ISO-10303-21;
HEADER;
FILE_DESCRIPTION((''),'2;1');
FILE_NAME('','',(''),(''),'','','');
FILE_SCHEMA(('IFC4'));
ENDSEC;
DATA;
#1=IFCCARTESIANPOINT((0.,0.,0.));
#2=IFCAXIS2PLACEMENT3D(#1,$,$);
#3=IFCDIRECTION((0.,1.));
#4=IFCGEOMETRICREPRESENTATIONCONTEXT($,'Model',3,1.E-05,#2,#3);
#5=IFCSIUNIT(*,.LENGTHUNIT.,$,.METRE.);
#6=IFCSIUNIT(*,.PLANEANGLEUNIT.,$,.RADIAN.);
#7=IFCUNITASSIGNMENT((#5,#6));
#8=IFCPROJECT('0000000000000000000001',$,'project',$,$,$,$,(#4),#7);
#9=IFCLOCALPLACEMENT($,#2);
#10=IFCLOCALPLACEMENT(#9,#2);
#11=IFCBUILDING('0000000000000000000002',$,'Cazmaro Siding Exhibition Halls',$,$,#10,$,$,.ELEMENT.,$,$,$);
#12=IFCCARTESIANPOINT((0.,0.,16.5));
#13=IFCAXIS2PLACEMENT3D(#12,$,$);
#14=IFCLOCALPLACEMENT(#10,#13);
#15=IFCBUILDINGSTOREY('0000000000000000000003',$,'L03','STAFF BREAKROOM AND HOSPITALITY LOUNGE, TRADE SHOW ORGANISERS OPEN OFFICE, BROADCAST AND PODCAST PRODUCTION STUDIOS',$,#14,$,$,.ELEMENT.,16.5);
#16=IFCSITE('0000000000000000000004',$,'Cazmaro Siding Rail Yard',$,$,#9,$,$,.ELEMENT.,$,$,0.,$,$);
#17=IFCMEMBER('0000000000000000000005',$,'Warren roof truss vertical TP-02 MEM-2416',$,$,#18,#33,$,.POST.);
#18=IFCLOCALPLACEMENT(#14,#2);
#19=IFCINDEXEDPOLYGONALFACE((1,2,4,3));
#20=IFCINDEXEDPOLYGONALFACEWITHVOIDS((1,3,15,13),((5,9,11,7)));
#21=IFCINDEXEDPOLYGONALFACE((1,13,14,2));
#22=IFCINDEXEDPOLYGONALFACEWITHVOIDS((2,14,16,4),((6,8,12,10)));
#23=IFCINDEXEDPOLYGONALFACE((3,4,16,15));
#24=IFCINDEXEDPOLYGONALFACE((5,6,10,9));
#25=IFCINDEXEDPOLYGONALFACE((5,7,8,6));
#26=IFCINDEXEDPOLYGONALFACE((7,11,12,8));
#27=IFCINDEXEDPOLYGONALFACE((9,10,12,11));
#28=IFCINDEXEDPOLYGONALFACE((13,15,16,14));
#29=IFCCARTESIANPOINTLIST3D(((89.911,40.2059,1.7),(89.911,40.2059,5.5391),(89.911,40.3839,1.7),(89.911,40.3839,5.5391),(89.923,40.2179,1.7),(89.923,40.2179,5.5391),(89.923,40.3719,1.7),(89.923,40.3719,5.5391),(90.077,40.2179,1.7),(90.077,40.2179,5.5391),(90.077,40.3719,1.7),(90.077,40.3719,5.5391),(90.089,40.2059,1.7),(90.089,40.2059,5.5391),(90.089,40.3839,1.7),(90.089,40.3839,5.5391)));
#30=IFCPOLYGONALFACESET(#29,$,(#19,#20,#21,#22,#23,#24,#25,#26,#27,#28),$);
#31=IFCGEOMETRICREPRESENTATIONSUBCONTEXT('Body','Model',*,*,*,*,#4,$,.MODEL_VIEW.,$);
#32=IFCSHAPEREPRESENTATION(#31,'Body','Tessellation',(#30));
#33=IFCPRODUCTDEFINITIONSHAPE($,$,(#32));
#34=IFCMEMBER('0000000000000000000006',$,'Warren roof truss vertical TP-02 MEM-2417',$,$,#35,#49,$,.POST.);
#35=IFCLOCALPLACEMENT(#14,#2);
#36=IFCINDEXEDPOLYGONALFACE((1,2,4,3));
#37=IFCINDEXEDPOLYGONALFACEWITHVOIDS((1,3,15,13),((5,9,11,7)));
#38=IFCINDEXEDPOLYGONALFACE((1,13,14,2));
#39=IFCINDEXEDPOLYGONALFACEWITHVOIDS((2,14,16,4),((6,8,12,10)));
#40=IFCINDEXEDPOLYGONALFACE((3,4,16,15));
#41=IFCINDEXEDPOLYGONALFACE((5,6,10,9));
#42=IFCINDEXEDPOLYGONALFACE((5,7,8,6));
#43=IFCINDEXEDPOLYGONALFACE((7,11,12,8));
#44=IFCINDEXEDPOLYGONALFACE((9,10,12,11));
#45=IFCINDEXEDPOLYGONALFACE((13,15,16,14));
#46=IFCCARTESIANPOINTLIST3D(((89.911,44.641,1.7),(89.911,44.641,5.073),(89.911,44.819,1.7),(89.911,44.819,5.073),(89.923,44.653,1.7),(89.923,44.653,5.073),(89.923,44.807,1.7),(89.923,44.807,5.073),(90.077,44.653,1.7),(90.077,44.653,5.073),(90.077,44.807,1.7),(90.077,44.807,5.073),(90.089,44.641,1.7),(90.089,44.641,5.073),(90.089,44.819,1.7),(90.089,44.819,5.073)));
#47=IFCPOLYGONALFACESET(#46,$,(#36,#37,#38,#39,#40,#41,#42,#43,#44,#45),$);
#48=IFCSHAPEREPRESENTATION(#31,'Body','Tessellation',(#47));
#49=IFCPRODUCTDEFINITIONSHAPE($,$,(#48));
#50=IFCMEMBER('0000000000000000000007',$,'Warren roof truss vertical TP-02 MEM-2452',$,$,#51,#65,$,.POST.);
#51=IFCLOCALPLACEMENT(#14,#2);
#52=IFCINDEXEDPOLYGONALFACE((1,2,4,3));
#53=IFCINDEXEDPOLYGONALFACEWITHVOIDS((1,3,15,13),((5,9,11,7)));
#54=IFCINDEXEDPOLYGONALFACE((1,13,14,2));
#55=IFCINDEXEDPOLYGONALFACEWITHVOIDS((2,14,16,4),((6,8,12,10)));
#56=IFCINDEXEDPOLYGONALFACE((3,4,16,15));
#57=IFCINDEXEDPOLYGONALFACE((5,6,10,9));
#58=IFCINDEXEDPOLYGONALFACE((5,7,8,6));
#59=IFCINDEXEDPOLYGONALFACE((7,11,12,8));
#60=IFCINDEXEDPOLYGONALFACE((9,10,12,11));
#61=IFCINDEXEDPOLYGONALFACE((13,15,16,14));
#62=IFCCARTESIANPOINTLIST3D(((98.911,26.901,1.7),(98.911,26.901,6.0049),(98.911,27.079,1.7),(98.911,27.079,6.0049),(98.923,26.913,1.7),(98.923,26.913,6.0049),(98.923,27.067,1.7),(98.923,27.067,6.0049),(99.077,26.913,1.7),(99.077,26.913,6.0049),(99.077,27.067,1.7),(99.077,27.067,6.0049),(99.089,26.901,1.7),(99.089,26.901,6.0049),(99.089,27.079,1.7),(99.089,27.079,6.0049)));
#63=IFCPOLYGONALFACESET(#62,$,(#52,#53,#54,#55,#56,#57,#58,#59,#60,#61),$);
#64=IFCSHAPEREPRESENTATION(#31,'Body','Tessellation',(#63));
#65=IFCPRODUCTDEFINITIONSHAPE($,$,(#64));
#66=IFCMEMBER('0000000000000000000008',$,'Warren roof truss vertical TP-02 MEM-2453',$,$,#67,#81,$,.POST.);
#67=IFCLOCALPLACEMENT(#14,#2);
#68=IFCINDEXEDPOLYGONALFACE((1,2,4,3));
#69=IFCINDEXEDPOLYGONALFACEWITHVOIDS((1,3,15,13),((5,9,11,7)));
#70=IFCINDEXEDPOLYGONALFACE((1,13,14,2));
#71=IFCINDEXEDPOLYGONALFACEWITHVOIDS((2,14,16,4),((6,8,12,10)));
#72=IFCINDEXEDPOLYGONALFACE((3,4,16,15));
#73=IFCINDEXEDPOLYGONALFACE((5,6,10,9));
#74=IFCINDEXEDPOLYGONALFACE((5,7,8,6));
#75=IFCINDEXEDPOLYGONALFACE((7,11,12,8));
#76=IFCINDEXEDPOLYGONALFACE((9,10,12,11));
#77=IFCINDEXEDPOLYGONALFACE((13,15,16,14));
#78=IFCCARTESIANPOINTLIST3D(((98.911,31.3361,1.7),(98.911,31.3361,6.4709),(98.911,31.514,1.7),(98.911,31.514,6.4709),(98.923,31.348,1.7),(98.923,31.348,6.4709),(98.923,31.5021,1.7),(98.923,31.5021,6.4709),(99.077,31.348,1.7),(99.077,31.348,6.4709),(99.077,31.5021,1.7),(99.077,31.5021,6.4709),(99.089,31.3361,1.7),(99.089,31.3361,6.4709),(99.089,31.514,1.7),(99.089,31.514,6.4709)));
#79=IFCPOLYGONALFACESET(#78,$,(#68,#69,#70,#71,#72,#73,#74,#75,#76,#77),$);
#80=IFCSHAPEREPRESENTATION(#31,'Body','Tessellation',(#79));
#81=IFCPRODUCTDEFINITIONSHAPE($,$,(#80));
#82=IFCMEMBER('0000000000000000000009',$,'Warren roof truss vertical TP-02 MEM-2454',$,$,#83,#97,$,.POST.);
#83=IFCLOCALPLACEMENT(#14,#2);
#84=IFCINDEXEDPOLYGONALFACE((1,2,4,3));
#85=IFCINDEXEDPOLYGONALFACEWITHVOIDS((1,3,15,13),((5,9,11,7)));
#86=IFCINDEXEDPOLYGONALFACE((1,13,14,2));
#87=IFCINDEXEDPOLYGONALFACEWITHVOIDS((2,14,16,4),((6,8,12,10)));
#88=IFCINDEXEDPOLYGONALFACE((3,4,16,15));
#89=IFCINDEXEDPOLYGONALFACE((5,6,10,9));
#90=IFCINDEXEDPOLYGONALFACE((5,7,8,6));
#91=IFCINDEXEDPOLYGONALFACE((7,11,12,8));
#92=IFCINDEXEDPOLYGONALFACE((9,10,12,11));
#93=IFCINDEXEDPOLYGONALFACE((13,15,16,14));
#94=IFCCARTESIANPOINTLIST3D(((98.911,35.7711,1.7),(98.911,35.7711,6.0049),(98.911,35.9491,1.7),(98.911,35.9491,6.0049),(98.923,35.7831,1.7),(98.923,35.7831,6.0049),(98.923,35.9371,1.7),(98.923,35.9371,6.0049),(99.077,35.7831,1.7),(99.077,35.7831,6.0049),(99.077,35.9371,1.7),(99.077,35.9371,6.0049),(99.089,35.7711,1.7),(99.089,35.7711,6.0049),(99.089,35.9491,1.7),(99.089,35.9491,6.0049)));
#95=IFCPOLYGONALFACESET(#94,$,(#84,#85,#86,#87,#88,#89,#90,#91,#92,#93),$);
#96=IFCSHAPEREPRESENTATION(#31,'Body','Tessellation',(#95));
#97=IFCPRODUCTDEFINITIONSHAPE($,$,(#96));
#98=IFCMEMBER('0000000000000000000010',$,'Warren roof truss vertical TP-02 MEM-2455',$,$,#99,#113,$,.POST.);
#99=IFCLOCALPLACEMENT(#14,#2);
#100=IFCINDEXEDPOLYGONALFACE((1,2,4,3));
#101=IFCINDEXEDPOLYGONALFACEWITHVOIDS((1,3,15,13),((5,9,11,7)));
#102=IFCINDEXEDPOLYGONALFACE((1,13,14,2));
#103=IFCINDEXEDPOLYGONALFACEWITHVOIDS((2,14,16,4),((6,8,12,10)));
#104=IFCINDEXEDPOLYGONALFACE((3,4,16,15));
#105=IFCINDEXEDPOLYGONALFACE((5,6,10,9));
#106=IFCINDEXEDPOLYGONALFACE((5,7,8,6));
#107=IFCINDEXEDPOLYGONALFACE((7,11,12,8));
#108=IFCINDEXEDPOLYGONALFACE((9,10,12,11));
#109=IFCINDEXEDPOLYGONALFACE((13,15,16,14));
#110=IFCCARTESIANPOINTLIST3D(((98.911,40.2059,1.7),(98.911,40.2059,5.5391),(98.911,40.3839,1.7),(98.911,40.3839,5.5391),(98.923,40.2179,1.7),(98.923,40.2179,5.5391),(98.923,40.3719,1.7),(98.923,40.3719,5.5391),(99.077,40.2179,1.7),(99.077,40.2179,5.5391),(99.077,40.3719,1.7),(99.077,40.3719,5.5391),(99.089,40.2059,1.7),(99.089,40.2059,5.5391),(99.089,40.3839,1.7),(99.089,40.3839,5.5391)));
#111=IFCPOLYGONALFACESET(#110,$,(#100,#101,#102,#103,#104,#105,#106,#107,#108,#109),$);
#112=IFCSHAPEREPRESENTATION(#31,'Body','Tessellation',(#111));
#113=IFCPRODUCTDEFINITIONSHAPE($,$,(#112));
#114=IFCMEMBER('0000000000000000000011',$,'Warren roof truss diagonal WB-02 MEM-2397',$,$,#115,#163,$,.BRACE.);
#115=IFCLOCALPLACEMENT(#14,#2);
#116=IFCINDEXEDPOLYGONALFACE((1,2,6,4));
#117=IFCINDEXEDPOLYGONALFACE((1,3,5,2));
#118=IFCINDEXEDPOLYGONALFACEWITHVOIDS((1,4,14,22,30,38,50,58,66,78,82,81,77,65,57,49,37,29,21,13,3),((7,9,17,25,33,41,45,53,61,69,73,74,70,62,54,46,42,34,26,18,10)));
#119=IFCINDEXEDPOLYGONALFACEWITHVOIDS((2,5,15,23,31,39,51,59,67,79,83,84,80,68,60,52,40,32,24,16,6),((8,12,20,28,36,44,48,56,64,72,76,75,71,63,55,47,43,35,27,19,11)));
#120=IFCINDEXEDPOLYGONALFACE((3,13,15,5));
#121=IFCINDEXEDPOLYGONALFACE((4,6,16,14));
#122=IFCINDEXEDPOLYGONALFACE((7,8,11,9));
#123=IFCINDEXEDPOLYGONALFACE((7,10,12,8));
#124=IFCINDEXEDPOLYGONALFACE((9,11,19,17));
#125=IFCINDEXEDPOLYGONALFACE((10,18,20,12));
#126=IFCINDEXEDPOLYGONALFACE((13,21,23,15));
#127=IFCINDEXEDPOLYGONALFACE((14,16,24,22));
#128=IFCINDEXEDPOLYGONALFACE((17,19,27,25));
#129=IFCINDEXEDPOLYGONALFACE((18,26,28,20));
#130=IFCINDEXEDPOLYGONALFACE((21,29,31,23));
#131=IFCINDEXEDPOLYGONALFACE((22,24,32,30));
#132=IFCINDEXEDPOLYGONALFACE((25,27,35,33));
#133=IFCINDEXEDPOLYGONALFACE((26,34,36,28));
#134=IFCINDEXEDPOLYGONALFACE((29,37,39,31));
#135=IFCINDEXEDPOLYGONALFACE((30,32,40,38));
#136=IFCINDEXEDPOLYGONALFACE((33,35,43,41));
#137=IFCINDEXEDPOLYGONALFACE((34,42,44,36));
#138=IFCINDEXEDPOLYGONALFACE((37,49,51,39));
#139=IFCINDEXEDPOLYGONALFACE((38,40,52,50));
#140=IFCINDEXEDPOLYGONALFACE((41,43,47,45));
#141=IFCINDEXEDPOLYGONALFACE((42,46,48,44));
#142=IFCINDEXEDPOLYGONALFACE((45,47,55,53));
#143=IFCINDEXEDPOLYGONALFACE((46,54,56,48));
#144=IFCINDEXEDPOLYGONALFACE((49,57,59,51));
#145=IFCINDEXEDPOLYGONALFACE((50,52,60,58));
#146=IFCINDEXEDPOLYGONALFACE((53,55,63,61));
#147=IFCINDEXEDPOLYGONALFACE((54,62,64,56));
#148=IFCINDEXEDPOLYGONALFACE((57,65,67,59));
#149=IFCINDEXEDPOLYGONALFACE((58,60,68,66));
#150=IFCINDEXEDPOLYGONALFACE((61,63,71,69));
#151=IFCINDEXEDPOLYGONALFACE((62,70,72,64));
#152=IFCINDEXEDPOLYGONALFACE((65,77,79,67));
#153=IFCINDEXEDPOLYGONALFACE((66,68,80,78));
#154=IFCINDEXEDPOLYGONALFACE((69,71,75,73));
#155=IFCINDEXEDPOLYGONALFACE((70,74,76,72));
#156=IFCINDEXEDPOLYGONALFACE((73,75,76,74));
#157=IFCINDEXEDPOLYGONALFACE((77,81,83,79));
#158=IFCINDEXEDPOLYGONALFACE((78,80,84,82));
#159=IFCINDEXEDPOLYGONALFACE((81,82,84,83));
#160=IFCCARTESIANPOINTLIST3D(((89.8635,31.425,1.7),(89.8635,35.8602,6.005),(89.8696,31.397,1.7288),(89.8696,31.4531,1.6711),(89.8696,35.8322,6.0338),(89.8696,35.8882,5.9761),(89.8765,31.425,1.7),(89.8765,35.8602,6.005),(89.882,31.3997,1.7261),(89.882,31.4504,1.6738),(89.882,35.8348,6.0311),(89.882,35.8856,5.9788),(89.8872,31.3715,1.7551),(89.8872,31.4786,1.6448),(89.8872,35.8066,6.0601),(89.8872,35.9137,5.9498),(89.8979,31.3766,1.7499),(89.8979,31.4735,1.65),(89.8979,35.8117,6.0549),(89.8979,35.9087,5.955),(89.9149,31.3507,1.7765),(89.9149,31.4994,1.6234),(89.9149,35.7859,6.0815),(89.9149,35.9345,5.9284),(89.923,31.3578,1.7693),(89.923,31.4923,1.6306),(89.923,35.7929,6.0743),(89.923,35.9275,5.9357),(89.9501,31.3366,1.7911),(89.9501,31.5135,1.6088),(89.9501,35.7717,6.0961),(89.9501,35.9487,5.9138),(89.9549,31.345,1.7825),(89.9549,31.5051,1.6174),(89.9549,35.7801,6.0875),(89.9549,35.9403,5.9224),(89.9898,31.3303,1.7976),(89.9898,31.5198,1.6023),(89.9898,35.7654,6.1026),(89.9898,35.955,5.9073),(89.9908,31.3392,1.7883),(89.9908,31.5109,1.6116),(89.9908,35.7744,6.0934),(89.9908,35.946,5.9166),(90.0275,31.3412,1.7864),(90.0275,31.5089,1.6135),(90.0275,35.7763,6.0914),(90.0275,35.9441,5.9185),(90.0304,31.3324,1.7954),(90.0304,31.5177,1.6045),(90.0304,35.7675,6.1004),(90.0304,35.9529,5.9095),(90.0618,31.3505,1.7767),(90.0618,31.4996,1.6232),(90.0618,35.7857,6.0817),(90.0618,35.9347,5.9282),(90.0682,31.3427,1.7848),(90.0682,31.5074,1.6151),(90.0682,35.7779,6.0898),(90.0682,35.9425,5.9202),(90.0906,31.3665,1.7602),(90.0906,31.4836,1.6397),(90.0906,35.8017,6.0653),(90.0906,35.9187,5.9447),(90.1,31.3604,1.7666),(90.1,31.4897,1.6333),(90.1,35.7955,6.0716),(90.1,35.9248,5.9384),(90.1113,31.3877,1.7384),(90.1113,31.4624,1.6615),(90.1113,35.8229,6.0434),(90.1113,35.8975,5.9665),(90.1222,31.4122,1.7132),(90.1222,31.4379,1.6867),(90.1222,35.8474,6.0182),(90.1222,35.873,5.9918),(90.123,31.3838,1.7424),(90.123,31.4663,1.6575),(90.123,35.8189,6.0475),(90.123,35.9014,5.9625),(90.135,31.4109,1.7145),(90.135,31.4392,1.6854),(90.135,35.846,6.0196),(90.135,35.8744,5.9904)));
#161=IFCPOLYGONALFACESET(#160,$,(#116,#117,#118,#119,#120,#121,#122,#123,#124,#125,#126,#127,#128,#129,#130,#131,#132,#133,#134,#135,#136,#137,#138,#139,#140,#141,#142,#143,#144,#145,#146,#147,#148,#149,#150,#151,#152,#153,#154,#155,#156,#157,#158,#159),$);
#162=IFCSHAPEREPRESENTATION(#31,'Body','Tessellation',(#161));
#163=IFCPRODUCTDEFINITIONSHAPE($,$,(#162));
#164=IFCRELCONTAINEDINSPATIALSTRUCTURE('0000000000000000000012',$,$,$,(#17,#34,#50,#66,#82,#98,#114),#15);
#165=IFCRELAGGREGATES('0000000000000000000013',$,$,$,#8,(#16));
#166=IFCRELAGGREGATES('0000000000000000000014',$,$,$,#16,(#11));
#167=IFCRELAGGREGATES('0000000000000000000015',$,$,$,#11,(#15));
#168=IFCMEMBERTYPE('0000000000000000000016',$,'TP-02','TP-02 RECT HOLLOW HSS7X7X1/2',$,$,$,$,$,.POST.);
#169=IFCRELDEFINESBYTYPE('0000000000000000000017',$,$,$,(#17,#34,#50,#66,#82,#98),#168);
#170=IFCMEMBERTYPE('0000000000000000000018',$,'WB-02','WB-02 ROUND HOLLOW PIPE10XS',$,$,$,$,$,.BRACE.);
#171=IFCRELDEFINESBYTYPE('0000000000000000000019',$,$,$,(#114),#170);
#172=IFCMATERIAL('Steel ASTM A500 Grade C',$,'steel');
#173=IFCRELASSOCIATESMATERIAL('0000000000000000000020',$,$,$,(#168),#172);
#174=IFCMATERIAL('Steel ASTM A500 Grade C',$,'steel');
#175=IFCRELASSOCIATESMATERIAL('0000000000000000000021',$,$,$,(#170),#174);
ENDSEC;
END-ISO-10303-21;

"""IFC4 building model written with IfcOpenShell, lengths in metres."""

from ifc_helpers import new_model, si_unit, direction, frame, origin, origin_2d, place, context, subcontext, project, spatial, hollow_rectangle, hollow_circle, extrude, material, material_profile, profile_set, type_object, element, save


model = new_model("IFC4")

# Units and contexts
model_context = context("Model", 3, precision=1e-05, world=origin(), true_north=direction((0.0, 1.0)))
body_context = subcontext(model_context, "Body", "Model", "MODEL_VIEW")
ifc_project = project(units=[si_unit("LENGTHUNIT", "METRE"), si_unit("PLANEANGLEUNIT", "RADIAN")], contexts=[model_context])

# Site, building, storey
site_placement = place(None, origin())
site = spatial("IfcSite", under=ifc_project, at=site_placement, Name="Cazmaro Siding Rail Yard", CompositionType="ELEMENT", RefElevation=0.0)
building_placement = place(site_placement, origin())
building = spatial("IfcBuilding", under=site, at=building_placement, Name="Cazmaro Siding Exhibition Halls", CompositionType="ELEMENT")
storey_placement = place(building_placement, frame((0.0, 0.0, 16.5)))
storey = spatial("IfcBuildingStorey", under=building, at=storey_placement, Name="L03", Description="STAFF BREAKROOM AND HOSPITALITY LOUNGE, TRADE SHOW ORGANISERS OPEN OFFICE, BROADCAST AND PODCAST PRODUCTION STUDIOS", CompositionType="ELEMENT", Elevation=16.5)

# Members
ifc_material_1 = material(Name="Steel ASTM A500 Grade C", Category="steel")
ifc_material_profile_1 = material_profile(ifc_material_1, hollow_rectangle(XDim=0.178, YDim=0.178, WallThickness=0.012, at=origin_2d()), Name="HSS7X7X1/2")
ifc_profile_set_1 = profile_set([ifc_material_profile_1], Name="Steel ASTM A500 Grade C")
member_type_1 = type_object("IfcMemberType", Name="TP-02", Description="TP-02 RECT HOLLOW HSS7X7X1/2", PredefinedType="POST", material=ifc_profile_set_1)
member_1_placement = place(storey_placement, frame((90.0, 40.2949, 1.7), z_axis=(0.0, 0.0, 1.0), x_axis=(1.0, 0.0, 0.0)))
element("IfcMember", 1, at=member_1_placement, inside=storey, type_object=member_type_1, Name="Warren roof truss vertical TP-02 MEM-2416", PredefinedType="POST", context=body_context, shape_type="SweptSolid", body=[
    extrude(hollow_rectangle(XDim=0.178, YDim=0.178, WallThickness=0.012, at=origin_2d()), origin(), (0.0, 0.0, 1.0), 3.8391),
])
member_2_placement = place(storey_placement, frame((90.0, 44.73, 1.7), z_axis=(0.0, 0.0, 1.0), x_axis=(1.0, 0.0, 0.0)))
element("IfcMember", 2, at=member_2_placement, inside=storey, type_object=member_type_1, Name="Warren roof truss vertical TP-02 MEM-2417", PredefinedType="POST", context=body_context, shape_type="SweptSolid", body=[
    extrude(hollow_rectangle(XDim=0.178, YDim=0.178, WallThickness=0.012, at=origin_2d()), origin(), (0.0, 0.0, 1.0), 3.373),
])
member_3_placement = place(storey_placement, frame((99.0, 26.99, 1.7), z_axis=(0.0, 0.0, 1.0), x_axis=(1.0, 0.0, 0.0)))
element("IfcMember", 3, at=member_3_placement, inside=storey, type_object=member_type_1, Name="Warren roof truss vertical TP-02 MEM-2452", PredefinedType="POST", context=body_context, shape_type="SweptSolid", body=[
    extrude(hollow_rectangle(XDim=0.178, YDim=0.178, WallThickness=0.012, at=origin_2d()), origin(), (0.0, 0.0, 1.0), 4.3049),
])
member_4_placement = place(storey_placement, frame((99.0, 31.425, 1.7), z_axis=(0.0, 0.0, 1.0), x_axis=(1.0, 0.0, 0.0)))
element("IfcMember", 4, at=member_4_placement, inside=storey, type_object=member_type_1, Name="Warren roof truss vertical TP-02 MEM-2453", PredefinedType="POST", context=body_context, shape_type="SweptSolid", body=[
    extrude(hollow_rectangle(XDim=0.178, YDim=0.178, WallThickness=0.012, at=origin_2d()), origin(), (0.0, 0.0, 1.0), 4.771),
])
member_5_placement = place(storey_placement, frame((99.0, 35.8601, 1.7), z_axis=(0.0, 0.0, 1.0), x_axis=(1.0, 0.0, 0.0)))
element("IfcMember", 5, at=member_5_placement, inside=storey, type_object=member_type_1, Name="Warren roof truss vertical TP-02 MEM-2454", PredefinedType="POST", context=body_context, shape_type="SweptSolid", body=[
    extrude(hollow_rectangle(XDim=0.178, YDim=0.178, WallThickness=0.012, at=origin_2d()), origin(), (0.0, 0.0, 1.0), 4.3049),
])
member_6_placement = place(storey_placement, frame((99.0, 40.2949, 1.7), z_axis=(0.0, 0.0, 1.0), x_axis=(1.0, 0.0, 0.0)))
element("IfcMember", 6, at=member_6_placement, inside=storey, type_object=member_type_1, Name="Warren roof truss vertical TP-02 MEM-2455", PredefinedType="POST", context=body_context, shape_type="SweptSolid", body=[
    extrude(hollow_rectangle(XDim=0.178, YDim=0.178, WallThickness=0.012, at=origin_2d()), origin(), (0.0, 0.0, 1.0), 3.8391),
])
ifc_material_2 = material(Name="Steel ASTM A500 Grade C", Category="steel")
ifc_material_profile_2 = material_profile(ifc_material_2, hollow_circle(Radius=0.1365, WallThickness=0.0129, at=origin_2d()), Name="PIPE10XS")
ifc_profile_set_2 = profile_set([ifc_material_profile_2], Name="Steel ASTM A500 Grade C")
member_type_2 = type_object("IfcMemberType", Name="WB-02", Description="WB-02 ROUND HOLLOW PIPE10XS", PredefinedType="BRACE", material=ifc_profile_set_2)
member_7_placement = place(storey_placement, frame((90.0, 31.425, 1.7), z_axis=(0.0, 0.717555, 0.696502), x_axis=(-1.0, 0.0, 0.0)))
element("IfcMember", 7, at=member_7_placement, inside=storey, type_object=member_type_2, Name="Warren roof truss diagonal WB-02 MEM-2397", PredefinedType="BRACE", context=body_context, shape_type="SweptSolid", body=[
    extrude(hollow_circle(Radius=0.1365, WallThickness=0.0129, at=origin_2d()), origin(), (0.0, 0.0, 1.0), 6.1809),
])

save(model, "model.ifc")
